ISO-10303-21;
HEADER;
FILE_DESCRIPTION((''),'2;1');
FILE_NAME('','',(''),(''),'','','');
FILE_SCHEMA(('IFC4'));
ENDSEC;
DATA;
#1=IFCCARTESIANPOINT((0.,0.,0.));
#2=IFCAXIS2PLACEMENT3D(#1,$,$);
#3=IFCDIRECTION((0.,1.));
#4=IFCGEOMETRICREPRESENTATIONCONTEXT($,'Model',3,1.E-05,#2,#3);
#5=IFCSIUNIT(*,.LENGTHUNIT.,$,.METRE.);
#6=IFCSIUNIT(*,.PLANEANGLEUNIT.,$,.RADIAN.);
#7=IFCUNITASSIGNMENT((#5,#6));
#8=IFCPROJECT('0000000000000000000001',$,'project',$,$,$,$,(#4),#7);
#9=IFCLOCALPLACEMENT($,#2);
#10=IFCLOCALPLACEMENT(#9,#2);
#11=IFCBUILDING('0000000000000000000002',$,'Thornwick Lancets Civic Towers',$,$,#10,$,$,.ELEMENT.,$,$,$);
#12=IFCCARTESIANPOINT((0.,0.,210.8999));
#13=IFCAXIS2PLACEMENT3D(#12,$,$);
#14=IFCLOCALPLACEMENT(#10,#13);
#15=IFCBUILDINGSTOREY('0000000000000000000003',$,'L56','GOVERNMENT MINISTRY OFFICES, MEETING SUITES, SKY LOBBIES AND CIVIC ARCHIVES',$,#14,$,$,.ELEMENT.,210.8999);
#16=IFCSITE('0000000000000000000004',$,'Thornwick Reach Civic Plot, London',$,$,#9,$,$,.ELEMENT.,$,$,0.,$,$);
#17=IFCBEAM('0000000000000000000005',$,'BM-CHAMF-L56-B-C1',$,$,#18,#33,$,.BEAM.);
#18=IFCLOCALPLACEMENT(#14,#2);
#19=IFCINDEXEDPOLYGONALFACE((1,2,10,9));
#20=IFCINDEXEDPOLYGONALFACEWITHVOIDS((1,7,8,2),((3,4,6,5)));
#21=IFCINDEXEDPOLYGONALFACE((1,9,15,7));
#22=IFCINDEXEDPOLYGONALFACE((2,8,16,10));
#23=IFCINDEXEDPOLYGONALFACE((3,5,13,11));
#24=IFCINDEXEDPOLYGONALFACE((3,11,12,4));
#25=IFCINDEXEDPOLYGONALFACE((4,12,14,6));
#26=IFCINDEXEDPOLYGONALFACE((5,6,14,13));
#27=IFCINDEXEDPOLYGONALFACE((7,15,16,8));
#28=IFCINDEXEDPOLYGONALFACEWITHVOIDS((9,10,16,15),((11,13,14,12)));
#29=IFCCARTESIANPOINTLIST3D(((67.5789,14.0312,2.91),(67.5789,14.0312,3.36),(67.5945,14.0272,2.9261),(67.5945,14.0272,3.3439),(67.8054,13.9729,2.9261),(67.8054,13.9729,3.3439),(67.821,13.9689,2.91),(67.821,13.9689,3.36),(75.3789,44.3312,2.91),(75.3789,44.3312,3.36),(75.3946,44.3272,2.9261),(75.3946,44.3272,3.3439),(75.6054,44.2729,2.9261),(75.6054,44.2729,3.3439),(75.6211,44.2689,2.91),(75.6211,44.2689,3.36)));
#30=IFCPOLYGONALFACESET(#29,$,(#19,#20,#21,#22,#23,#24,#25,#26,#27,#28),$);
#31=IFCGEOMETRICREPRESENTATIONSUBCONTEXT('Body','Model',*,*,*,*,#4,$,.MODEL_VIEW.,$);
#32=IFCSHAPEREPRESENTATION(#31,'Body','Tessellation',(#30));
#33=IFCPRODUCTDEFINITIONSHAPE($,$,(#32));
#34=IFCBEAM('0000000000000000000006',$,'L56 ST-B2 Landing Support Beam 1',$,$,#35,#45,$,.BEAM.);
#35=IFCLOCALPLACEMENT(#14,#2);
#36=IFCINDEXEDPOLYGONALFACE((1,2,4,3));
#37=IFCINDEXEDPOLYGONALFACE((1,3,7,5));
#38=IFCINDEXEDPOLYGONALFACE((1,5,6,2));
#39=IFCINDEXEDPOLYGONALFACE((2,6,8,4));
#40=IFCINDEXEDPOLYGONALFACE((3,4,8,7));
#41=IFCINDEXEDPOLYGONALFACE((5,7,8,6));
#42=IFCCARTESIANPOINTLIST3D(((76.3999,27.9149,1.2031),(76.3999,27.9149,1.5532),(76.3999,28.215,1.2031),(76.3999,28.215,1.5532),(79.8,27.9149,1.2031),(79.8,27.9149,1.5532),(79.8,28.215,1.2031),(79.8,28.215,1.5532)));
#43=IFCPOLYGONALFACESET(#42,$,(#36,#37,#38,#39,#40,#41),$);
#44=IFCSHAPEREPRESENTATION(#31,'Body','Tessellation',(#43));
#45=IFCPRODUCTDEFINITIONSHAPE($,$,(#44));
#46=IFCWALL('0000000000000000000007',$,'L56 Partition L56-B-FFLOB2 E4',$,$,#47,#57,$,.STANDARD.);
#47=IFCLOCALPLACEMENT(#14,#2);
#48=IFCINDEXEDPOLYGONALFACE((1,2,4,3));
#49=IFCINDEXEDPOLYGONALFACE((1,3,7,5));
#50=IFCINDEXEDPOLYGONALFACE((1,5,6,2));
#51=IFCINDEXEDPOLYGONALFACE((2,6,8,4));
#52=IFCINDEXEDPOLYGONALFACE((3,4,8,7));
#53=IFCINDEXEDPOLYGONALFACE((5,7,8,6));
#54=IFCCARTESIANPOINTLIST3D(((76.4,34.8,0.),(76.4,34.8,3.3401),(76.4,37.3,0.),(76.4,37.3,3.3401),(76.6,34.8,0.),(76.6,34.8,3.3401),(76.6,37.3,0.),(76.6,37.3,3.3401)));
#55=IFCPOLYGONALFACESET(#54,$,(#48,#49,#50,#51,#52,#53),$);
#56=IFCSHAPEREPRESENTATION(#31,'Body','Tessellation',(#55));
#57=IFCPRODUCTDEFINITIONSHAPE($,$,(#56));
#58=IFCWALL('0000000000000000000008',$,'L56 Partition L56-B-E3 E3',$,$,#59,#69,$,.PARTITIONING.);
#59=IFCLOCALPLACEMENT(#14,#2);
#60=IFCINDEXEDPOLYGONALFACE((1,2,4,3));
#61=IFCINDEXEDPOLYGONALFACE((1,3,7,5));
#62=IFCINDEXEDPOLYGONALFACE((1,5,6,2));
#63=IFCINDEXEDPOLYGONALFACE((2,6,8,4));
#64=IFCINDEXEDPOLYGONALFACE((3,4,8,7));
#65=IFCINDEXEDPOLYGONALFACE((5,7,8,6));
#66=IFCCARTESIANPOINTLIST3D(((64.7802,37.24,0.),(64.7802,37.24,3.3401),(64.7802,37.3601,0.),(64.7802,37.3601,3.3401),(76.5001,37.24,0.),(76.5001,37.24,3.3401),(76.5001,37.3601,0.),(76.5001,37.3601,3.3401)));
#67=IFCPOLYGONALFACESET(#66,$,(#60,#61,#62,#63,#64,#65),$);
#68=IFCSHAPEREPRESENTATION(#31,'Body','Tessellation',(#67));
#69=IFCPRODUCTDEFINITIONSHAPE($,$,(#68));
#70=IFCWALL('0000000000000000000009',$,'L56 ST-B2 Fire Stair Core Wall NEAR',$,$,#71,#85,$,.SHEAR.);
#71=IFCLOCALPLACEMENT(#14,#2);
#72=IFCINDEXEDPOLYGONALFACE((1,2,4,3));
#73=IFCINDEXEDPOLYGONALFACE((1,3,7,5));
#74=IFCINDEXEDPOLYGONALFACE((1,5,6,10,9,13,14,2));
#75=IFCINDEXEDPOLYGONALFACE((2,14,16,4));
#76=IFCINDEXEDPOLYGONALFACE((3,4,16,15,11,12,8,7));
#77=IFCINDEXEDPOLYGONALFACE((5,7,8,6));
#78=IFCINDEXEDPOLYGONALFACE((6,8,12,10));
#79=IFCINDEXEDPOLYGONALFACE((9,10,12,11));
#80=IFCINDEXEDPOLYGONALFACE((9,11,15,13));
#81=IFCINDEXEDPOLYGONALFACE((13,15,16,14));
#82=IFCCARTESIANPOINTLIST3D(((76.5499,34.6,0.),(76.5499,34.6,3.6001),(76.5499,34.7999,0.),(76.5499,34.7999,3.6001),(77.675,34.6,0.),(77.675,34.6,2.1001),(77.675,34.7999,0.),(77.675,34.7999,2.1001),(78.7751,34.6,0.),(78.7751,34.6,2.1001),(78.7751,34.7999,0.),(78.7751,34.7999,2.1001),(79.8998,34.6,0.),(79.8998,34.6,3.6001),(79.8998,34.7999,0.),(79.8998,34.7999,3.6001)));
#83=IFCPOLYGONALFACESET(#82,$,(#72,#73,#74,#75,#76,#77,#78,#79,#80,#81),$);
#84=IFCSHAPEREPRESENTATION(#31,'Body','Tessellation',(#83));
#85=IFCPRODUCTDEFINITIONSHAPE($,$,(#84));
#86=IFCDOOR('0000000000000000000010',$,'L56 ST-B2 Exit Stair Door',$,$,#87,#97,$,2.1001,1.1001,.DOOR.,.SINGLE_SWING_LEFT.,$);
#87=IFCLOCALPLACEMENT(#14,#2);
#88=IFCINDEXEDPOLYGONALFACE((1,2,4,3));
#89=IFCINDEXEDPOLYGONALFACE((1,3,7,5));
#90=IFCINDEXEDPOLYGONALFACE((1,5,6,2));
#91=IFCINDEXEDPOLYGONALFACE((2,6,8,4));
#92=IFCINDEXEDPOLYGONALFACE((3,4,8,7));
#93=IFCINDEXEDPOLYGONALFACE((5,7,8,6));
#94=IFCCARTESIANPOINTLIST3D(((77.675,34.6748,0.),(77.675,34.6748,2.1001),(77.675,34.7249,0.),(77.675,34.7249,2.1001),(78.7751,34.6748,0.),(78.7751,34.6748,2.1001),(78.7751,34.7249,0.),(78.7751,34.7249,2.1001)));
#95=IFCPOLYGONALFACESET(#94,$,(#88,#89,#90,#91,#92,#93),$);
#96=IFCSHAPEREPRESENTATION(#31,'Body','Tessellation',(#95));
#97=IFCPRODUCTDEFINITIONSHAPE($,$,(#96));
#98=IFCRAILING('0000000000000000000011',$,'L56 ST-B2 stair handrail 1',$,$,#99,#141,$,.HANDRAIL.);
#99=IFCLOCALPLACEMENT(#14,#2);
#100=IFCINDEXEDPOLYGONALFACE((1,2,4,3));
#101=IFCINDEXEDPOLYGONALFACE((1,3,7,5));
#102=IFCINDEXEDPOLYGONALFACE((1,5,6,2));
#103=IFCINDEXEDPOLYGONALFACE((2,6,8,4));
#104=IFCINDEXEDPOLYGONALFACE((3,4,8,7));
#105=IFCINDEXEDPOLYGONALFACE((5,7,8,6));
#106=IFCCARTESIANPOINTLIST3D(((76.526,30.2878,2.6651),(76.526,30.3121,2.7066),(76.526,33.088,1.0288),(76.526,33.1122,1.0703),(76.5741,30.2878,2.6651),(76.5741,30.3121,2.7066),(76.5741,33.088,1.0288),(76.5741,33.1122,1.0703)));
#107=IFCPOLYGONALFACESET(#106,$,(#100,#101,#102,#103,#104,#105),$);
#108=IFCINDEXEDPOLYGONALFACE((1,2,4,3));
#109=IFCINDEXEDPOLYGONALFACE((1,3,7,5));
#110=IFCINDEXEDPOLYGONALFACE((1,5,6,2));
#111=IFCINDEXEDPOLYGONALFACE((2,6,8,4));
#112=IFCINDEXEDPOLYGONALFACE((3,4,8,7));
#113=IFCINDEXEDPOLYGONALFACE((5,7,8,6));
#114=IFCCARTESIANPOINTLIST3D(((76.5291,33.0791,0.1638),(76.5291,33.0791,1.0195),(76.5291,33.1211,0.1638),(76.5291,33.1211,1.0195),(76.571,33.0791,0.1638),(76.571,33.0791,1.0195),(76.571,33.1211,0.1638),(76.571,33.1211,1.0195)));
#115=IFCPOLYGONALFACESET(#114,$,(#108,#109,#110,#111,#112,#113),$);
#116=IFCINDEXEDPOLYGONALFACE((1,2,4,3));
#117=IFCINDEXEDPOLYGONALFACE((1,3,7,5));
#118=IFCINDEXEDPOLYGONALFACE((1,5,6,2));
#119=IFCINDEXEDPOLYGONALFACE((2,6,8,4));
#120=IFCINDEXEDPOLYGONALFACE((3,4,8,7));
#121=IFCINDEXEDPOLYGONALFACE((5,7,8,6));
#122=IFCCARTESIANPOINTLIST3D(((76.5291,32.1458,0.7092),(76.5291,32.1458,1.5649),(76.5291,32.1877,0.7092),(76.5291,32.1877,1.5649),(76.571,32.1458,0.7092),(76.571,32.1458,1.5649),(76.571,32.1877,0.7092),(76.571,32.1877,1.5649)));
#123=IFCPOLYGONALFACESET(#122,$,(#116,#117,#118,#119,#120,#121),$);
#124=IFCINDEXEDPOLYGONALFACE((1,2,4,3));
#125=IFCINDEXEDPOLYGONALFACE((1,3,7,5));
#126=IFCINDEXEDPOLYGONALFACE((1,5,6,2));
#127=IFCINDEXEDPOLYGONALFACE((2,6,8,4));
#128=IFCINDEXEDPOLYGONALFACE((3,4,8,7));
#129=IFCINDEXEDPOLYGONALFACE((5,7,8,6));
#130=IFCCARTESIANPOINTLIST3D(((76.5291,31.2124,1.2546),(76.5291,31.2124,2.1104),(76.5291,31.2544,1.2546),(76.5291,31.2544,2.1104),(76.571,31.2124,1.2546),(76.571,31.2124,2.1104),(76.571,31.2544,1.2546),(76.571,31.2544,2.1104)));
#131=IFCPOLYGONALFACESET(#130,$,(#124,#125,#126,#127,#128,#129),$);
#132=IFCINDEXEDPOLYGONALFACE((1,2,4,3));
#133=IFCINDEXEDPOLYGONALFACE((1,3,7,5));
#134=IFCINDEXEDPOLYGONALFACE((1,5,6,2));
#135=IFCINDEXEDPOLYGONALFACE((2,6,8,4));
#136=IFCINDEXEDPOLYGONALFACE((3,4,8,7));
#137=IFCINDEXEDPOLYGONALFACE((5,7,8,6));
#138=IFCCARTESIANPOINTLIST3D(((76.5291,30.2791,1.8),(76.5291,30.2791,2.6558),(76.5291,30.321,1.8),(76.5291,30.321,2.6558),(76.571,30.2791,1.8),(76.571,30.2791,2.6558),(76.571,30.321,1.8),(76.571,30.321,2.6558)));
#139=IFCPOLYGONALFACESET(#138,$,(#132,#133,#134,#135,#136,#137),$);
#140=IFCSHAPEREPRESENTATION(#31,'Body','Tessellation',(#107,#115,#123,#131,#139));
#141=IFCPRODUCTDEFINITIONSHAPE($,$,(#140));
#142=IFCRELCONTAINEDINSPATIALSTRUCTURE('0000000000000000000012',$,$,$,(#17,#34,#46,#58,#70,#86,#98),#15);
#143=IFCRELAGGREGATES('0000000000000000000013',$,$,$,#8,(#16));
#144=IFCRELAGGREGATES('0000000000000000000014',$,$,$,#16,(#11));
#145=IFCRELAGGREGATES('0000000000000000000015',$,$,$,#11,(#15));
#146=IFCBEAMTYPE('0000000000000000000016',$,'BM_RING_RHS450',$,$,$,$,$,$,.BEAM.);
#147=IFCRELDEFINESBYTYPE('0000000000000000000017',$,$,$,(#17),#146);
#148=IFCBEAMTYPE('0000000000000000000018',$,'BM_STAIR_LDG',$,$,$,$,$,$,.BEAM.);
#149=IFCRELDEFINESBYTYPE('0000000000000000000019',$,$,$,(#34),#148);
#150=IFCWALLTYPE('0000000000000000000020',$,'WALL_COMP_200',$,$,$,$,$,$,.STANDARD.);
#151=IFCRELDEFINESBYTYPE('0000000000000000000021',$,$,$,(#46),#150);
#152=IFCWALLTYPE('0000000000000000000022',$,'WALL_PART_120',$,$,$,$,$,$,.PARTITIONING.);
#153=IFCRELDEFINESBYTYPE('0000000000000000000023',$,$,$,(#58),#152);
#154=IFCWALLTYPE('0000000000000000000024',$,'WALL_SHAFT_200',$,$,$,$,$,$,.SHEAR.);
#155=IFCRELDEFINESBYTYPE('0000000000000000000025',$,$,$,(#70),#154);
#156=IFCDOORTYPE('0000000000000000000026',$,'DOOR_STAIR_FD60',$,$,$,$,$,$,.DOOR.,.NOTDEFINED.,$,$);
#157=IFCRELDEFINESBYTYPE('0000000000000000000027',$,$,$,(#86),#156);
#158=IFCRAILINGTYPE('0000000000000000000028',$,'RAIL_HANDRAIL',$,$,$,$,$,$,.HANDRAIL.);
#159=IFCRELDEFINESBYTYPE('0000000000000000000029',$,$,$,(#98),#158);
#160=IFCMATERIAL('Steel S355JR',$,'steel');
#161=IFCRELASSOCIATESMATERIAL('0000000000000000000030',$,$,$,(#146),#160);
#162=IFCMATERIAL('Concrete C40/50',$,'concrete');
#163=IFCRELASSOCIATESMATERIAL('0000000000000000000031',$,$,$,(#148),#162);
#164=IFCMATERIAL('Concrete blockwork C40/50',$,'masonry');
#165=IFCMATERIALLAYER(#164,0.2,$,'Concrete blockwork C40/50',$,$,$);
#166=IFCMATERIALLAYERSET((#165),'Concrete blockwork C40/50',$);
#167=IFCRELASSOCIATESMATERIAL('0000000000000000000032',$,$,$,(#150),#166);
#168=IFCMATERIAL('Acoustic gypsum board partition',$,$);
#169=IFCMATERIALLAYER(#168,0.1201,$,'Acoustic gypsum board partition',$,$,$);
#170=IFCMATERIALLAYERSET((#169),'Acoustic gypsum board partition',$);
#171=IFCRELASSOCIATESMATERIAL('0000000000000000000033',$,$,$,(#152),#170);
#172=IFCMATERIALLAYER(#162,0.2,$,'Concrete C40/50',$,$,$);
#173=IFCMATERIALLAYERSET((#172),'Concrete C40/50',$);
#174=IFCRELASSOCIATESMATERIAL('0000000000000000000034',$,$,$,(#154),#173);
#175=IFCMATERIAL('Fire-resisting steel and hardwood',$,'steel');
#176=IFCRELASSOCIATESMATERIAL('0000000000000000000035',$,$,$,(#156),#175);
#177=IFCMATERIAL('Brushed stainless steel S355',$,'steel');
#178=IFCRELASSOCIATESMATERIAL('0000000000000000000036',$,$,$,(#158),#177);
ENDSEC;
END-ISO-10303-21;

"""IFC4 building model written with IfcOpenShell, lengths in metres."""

from ifc_helpers import new_model, si_unit, direction, frame, frame_2d, origin, origin_2d, place, context, subcontext, project, spatial, rectangle, hollow_rectangle, extrude, material, layer, layer_set, material_profile, profile_set, type_object, element, fill, save


model = new_model("IFC4")

# Units and contexts
model_context = context("Model", 3, precision=1e-05, world=origin(), true_north=direction((0.0, 1.0)))
body_context = subcontext(model_context, "Body", "Model", "MODEL_VIEW")
ifc_project = project(units=[si_unit("LENGTHUNIT", "METRE"), si_unit("PLANEANGLEUNIT", "RADIAN")], contexts=[model_context])

# Site, building, storey
site_placement = place(None, origin())
site = spatial("IfcSite", under=ifc_project, at=site_placement, Name="Thornwick Reach Civic Plot, London", CompositionType="ELEMENT", RefElevation=0.0)
building_placement = place(site_placement, origin())
building = spatial("IfcBuilding", under=site, at=building_placement, Name="Thornwick Lancets Civic Towers", CompositionType="ELEMENT")
storey_placement = place(building_placement, frame((0.0, 0.0, 210.8999)))
storey = spatial("IfcBuildingStorey", under=building, at=storey_placement, Name="L56", Description="GOVERNMENT MINISTRY OFFICES, MEETING SUITES, SKY LOBBIES AND CIVIC ARCHIVES", CompositionType="ELEMENT", Elevation=210.8999)

# Beams
ifc_material_1 = material(Name="Steel S355JR", Category="steel")
ifc_material_profile_1 = material_profile(ifc_material_1, hollow_rectangle(XDim=0.25, YDim=0.45, WallThickness=0.0161, at=origin_2d()), Name="RHS 450x250x16")
ifc_profile_set_1 = profile_set([ifc_material_profile_1], Name="Steel S355JR")
beam_type_1 = type_object("IfcBeamType", Name="BM_RING_RHS450", PredefinedType="BEAM", material=ifc_profile_set_1)
beam_1_placement = place(storey_placement, frame((75.5, 44.3, 3.135), z_axis=(-0.249299, -0.968427, 0.0), x_axis=(0.968427, -0.249299, 0.0)))
element("IfcBeam", 1, at=beam_1_placement, inside=storey, type_object=beam_type_1, Name="BM-CHAMF-L56-B-C1", PredefinedType="BEAM", context=body_context, shape_type="SweptSolid", body=[
    extrude(hollow_rectangle(XDim=0.25, YDim=0.45, WallThickness=0.0161, at=origin_2d()), origin(), (0.0, 0.0, 1.0), 31.2878),
])
ifc_material_2 = material(Name="Concrete C40/50", Category="concrete")
ifc_material_profile_2 = material_profile(ifc_material_2, rectangle(XDim=0.3, YDim=0.3501, at=origin_2d()), Name="RC 300x350")
ifc_profile_set_2 = profile_set([ifc_material_profile_2], Name="Concrete C40/50")
beam_type_2 = type_object("IfcBeamType", Name="BM_STAIR_LDG", PredefinedType="BEAM", material=ifc_profile_set_2)
beam_2_placement = place(storey_placement, frame((76.3999, 28.0649, 1.3782), z_axis=(1.0, 0.0, 0.0), x_axis=(0.0, 1.0, 0.0)))
element("IfcBeam", 2, at=beam_2_placement, inside=storey, type_object=beam_type_2, Name="L56 ST-B2 Landing Support Beam 1", PredefinedType="BEAM", context=body_context, shape_type="SweptSolid", body=[
    extrude(rectangle(XDim=0.3, YDim=0.3501, at=origin_2d()), origin(), (0.0, 0.0, 1.0), 3.4001),
])

# Walls
ifc_material_3 = material(Name="Concrete blockwork C40/50", Category="masonry")
ifc_layer_1 = layer(ifc_material_3, 0.2, Name="Concrete blockwork C40/50")
ifc_layer_set_1 = layer_set([ifc_layer_1], Name="Concrete blockwork C40/50")
wall_type_1 = type_object("IfcWallType", Name="WALL_COMP_200", PredefinedType="STANDARD", material=ifc_layer_set_1)
wall_1_placement = place(storey_placement, frame((76.5, 37.3, 0.0), z_axis=(0.0, 0.0, 1.0), x_axis=(0.0, -1.0, 0.0)))
element("IfcWall", 3, at=wall_1_placement, inside=storey, type_object=wall_type_1, Name="L56 Partition L56-B-FFLOB2 E4", PredefinedType="STANDARD", context=body_context, shape_type="SweptSolid", body=[
    extrude(rectangle(XDim=2.5, YDim=0.2, at=frame_2d((1.25, 0.0))), origin(), (0.0, 0.0, 1.0), 3.3401),
])
ifc_material_4 = material(Name="Acoustic gypsum board partition")
ifc_layer_2 = layer(ifc_material_4, 0.1201, Name="Acoustic gypsum board partition")
ifc_layer_set_2 = layer_set([ifc_layer_2], Name="Acoustic gypsum board partition")
wall_type_2 = type_object("IfcWallType", Name="WALL_PART_120", PredefinedType="PARTITIONING", material=ifc_layer_set_2)
wall_2_placement = place(storey_placement, frame((76.5, 37.3, 0.0), z_axis=(0.0, 0.0, 1.0), x_axis=(-1.0, 0.0, 0.0)))
element("IfcWall", 4, at=wall_2_placement, inside=storey, type_object=wall_type_2, Name="L56 Partition L56-B-E3 E3", PredefinedType="PARTITIONING", context=body_context, shape_type="SweptSolid", body=[
    extrude(rectangle(XDim=11.72, YDim=0.1201, at=frame_2d((5.8599, 0.0))), origin(), (0.0, 0.0, 1.0), 3.3401),
])

# Wall, opening, door
ifc_layer_3 = layer(ifc_material_2, 0.2, Name="Concrete C40/50")
ifc_layer_set_3 = layer_set([ifc_layer_3], Name="Concrete C40/50")
wall_type_3 = type_object("IfcWallType", Name="WALL_SHAFT_200", PredefinedType="SHEAR", material=ifc_layer_set_3)
wall_3_placement = place(storey_placement, frame((76.55, 34.7, 0.0), z_axis=(0.0, 0.0, 1.0), x_axis=(1.0, 0.0, 0.0)))
wall_3 = element("IfcWall", 5, at=wall_3_placement, inside=storey, type_object=wall_type_3, Name="L56 ST-B2 Fire Stair Core Wall NEAR", PredefinedType="SHEAR", context=body_context, shape_type="SweptSolid", body=[
    extrude(rectangle(XDim=3.3499, YDim=0.2, at=frame_2d((1.6748, 0.0))), origin(), (0.0, 0.0, 1.0), 3.6001),
])
opening_placement = place(wall_3_placement, frame((1.125, 0.0, 0.0)))
opening = element("IfcOpeningElement", 6, at=opening_placement, cuts=wall_3, PredefinedType="OPENING", context=body_context, shape_type="SweptSolid", body=[
    extrude(rectangle(XDim=1.1001, YDim=2.1001, at=frame_2d((0.55, 1.05))), frame((0.0, 0.1099, 0.0), z_axis=(0.0, -1.0, 0.0), x_axis=(1.0, 0.0, 0.0)), (0.0, 0.0, 1.0), 0.22),
])
ifc_material_5 = material(Name="Fire-resisting steel and hardwood", Category="steel")
door_type = type_object("IfcDoorType", Name="DOOR_STAIR_FD60", OperationType="NOTDEFINED", PredefinedType="DOOR", material=ifc_material_5)
door_placement = place(opening_placement, origin())
door = element("IfcDoor", 7, at=door_placement, inside=storey, type_object=door_type, Name="L56 ST-B2 Exit Stair Door", OperationType="SINGLE_SWING_LEFT", OverallHeight=2.1001, OverallWidth=1.1001, PredefinedType="DOOR", context=body_context, shape_type="SweptSolid", body=[
    extrude(rectangle(XDim=1.1001, YDim=2.1001, at=frame_2d((0.55, 1.05))), frame((0.0, 0.0249, 0.0), z_axis=(0.0, -1.0, 0.0), x_axis=(1.0, 0.0, 0.0)), (0.0, 0.0, 1.0), 0.05),
])
fill(opening, door)

# Railing
ifc_material_6 = material(Name="Brushed stainless steel S355", Category="steel")
railing_type = type_object("IfcRailingType", Name="RAIL_HANDRAIL", PredefinedType="HANDRAIL", material=ifc_material_6)
railing_placement = place(storey_placement, frame((76.55, 33.1001, 0.1638)))
element("IfcRailing", 8, at=railing_placement, inside=storey, type_object=railing_type, Name="L56 ST-B2 stair handrail 1", PredefinedType="HANDRAIL", context=body_context, shape_type="SweptSolid", body=[
    extrude(rectangle(XDim=0.0481, YDim=0.0481, at=origin_2d()), frame((0.0, 0.0, 0.8857), z_axis=(0.0, -0.863394, 0.504531), x_axis=(1.0, 0.0, 0.0)), (0.0, 0.0, 1.0), 3.2432),
    extrude(rectangle(XDim=0.042, YDim=0.042, at=origin_2d()), origin(), (0.0, 0.0, 1.0), 0.8557),
    extrude(rectangle(XDim=0.042, YDim=0.042, at=origin_2d()), frame((0.0, -0.9333, 0.5454)), (0.0, 0.0, 1.0), 0.8557),
    extrude(rectangle(XDim=0.042, YDim=0.042, at=origin_2d()), frame((0.0, -1.8667, 1.0908)), (0.0, 0.0, 1.0), 0.8557),
    extrude(rectangle(XDim=0.042, YDim=0.042, at=origin_2d()), frame((0.0, -2.8, 1.6362)), (0.0, 0.0, 1.0), 0.8557),
])

save(model, "model.ifc")
